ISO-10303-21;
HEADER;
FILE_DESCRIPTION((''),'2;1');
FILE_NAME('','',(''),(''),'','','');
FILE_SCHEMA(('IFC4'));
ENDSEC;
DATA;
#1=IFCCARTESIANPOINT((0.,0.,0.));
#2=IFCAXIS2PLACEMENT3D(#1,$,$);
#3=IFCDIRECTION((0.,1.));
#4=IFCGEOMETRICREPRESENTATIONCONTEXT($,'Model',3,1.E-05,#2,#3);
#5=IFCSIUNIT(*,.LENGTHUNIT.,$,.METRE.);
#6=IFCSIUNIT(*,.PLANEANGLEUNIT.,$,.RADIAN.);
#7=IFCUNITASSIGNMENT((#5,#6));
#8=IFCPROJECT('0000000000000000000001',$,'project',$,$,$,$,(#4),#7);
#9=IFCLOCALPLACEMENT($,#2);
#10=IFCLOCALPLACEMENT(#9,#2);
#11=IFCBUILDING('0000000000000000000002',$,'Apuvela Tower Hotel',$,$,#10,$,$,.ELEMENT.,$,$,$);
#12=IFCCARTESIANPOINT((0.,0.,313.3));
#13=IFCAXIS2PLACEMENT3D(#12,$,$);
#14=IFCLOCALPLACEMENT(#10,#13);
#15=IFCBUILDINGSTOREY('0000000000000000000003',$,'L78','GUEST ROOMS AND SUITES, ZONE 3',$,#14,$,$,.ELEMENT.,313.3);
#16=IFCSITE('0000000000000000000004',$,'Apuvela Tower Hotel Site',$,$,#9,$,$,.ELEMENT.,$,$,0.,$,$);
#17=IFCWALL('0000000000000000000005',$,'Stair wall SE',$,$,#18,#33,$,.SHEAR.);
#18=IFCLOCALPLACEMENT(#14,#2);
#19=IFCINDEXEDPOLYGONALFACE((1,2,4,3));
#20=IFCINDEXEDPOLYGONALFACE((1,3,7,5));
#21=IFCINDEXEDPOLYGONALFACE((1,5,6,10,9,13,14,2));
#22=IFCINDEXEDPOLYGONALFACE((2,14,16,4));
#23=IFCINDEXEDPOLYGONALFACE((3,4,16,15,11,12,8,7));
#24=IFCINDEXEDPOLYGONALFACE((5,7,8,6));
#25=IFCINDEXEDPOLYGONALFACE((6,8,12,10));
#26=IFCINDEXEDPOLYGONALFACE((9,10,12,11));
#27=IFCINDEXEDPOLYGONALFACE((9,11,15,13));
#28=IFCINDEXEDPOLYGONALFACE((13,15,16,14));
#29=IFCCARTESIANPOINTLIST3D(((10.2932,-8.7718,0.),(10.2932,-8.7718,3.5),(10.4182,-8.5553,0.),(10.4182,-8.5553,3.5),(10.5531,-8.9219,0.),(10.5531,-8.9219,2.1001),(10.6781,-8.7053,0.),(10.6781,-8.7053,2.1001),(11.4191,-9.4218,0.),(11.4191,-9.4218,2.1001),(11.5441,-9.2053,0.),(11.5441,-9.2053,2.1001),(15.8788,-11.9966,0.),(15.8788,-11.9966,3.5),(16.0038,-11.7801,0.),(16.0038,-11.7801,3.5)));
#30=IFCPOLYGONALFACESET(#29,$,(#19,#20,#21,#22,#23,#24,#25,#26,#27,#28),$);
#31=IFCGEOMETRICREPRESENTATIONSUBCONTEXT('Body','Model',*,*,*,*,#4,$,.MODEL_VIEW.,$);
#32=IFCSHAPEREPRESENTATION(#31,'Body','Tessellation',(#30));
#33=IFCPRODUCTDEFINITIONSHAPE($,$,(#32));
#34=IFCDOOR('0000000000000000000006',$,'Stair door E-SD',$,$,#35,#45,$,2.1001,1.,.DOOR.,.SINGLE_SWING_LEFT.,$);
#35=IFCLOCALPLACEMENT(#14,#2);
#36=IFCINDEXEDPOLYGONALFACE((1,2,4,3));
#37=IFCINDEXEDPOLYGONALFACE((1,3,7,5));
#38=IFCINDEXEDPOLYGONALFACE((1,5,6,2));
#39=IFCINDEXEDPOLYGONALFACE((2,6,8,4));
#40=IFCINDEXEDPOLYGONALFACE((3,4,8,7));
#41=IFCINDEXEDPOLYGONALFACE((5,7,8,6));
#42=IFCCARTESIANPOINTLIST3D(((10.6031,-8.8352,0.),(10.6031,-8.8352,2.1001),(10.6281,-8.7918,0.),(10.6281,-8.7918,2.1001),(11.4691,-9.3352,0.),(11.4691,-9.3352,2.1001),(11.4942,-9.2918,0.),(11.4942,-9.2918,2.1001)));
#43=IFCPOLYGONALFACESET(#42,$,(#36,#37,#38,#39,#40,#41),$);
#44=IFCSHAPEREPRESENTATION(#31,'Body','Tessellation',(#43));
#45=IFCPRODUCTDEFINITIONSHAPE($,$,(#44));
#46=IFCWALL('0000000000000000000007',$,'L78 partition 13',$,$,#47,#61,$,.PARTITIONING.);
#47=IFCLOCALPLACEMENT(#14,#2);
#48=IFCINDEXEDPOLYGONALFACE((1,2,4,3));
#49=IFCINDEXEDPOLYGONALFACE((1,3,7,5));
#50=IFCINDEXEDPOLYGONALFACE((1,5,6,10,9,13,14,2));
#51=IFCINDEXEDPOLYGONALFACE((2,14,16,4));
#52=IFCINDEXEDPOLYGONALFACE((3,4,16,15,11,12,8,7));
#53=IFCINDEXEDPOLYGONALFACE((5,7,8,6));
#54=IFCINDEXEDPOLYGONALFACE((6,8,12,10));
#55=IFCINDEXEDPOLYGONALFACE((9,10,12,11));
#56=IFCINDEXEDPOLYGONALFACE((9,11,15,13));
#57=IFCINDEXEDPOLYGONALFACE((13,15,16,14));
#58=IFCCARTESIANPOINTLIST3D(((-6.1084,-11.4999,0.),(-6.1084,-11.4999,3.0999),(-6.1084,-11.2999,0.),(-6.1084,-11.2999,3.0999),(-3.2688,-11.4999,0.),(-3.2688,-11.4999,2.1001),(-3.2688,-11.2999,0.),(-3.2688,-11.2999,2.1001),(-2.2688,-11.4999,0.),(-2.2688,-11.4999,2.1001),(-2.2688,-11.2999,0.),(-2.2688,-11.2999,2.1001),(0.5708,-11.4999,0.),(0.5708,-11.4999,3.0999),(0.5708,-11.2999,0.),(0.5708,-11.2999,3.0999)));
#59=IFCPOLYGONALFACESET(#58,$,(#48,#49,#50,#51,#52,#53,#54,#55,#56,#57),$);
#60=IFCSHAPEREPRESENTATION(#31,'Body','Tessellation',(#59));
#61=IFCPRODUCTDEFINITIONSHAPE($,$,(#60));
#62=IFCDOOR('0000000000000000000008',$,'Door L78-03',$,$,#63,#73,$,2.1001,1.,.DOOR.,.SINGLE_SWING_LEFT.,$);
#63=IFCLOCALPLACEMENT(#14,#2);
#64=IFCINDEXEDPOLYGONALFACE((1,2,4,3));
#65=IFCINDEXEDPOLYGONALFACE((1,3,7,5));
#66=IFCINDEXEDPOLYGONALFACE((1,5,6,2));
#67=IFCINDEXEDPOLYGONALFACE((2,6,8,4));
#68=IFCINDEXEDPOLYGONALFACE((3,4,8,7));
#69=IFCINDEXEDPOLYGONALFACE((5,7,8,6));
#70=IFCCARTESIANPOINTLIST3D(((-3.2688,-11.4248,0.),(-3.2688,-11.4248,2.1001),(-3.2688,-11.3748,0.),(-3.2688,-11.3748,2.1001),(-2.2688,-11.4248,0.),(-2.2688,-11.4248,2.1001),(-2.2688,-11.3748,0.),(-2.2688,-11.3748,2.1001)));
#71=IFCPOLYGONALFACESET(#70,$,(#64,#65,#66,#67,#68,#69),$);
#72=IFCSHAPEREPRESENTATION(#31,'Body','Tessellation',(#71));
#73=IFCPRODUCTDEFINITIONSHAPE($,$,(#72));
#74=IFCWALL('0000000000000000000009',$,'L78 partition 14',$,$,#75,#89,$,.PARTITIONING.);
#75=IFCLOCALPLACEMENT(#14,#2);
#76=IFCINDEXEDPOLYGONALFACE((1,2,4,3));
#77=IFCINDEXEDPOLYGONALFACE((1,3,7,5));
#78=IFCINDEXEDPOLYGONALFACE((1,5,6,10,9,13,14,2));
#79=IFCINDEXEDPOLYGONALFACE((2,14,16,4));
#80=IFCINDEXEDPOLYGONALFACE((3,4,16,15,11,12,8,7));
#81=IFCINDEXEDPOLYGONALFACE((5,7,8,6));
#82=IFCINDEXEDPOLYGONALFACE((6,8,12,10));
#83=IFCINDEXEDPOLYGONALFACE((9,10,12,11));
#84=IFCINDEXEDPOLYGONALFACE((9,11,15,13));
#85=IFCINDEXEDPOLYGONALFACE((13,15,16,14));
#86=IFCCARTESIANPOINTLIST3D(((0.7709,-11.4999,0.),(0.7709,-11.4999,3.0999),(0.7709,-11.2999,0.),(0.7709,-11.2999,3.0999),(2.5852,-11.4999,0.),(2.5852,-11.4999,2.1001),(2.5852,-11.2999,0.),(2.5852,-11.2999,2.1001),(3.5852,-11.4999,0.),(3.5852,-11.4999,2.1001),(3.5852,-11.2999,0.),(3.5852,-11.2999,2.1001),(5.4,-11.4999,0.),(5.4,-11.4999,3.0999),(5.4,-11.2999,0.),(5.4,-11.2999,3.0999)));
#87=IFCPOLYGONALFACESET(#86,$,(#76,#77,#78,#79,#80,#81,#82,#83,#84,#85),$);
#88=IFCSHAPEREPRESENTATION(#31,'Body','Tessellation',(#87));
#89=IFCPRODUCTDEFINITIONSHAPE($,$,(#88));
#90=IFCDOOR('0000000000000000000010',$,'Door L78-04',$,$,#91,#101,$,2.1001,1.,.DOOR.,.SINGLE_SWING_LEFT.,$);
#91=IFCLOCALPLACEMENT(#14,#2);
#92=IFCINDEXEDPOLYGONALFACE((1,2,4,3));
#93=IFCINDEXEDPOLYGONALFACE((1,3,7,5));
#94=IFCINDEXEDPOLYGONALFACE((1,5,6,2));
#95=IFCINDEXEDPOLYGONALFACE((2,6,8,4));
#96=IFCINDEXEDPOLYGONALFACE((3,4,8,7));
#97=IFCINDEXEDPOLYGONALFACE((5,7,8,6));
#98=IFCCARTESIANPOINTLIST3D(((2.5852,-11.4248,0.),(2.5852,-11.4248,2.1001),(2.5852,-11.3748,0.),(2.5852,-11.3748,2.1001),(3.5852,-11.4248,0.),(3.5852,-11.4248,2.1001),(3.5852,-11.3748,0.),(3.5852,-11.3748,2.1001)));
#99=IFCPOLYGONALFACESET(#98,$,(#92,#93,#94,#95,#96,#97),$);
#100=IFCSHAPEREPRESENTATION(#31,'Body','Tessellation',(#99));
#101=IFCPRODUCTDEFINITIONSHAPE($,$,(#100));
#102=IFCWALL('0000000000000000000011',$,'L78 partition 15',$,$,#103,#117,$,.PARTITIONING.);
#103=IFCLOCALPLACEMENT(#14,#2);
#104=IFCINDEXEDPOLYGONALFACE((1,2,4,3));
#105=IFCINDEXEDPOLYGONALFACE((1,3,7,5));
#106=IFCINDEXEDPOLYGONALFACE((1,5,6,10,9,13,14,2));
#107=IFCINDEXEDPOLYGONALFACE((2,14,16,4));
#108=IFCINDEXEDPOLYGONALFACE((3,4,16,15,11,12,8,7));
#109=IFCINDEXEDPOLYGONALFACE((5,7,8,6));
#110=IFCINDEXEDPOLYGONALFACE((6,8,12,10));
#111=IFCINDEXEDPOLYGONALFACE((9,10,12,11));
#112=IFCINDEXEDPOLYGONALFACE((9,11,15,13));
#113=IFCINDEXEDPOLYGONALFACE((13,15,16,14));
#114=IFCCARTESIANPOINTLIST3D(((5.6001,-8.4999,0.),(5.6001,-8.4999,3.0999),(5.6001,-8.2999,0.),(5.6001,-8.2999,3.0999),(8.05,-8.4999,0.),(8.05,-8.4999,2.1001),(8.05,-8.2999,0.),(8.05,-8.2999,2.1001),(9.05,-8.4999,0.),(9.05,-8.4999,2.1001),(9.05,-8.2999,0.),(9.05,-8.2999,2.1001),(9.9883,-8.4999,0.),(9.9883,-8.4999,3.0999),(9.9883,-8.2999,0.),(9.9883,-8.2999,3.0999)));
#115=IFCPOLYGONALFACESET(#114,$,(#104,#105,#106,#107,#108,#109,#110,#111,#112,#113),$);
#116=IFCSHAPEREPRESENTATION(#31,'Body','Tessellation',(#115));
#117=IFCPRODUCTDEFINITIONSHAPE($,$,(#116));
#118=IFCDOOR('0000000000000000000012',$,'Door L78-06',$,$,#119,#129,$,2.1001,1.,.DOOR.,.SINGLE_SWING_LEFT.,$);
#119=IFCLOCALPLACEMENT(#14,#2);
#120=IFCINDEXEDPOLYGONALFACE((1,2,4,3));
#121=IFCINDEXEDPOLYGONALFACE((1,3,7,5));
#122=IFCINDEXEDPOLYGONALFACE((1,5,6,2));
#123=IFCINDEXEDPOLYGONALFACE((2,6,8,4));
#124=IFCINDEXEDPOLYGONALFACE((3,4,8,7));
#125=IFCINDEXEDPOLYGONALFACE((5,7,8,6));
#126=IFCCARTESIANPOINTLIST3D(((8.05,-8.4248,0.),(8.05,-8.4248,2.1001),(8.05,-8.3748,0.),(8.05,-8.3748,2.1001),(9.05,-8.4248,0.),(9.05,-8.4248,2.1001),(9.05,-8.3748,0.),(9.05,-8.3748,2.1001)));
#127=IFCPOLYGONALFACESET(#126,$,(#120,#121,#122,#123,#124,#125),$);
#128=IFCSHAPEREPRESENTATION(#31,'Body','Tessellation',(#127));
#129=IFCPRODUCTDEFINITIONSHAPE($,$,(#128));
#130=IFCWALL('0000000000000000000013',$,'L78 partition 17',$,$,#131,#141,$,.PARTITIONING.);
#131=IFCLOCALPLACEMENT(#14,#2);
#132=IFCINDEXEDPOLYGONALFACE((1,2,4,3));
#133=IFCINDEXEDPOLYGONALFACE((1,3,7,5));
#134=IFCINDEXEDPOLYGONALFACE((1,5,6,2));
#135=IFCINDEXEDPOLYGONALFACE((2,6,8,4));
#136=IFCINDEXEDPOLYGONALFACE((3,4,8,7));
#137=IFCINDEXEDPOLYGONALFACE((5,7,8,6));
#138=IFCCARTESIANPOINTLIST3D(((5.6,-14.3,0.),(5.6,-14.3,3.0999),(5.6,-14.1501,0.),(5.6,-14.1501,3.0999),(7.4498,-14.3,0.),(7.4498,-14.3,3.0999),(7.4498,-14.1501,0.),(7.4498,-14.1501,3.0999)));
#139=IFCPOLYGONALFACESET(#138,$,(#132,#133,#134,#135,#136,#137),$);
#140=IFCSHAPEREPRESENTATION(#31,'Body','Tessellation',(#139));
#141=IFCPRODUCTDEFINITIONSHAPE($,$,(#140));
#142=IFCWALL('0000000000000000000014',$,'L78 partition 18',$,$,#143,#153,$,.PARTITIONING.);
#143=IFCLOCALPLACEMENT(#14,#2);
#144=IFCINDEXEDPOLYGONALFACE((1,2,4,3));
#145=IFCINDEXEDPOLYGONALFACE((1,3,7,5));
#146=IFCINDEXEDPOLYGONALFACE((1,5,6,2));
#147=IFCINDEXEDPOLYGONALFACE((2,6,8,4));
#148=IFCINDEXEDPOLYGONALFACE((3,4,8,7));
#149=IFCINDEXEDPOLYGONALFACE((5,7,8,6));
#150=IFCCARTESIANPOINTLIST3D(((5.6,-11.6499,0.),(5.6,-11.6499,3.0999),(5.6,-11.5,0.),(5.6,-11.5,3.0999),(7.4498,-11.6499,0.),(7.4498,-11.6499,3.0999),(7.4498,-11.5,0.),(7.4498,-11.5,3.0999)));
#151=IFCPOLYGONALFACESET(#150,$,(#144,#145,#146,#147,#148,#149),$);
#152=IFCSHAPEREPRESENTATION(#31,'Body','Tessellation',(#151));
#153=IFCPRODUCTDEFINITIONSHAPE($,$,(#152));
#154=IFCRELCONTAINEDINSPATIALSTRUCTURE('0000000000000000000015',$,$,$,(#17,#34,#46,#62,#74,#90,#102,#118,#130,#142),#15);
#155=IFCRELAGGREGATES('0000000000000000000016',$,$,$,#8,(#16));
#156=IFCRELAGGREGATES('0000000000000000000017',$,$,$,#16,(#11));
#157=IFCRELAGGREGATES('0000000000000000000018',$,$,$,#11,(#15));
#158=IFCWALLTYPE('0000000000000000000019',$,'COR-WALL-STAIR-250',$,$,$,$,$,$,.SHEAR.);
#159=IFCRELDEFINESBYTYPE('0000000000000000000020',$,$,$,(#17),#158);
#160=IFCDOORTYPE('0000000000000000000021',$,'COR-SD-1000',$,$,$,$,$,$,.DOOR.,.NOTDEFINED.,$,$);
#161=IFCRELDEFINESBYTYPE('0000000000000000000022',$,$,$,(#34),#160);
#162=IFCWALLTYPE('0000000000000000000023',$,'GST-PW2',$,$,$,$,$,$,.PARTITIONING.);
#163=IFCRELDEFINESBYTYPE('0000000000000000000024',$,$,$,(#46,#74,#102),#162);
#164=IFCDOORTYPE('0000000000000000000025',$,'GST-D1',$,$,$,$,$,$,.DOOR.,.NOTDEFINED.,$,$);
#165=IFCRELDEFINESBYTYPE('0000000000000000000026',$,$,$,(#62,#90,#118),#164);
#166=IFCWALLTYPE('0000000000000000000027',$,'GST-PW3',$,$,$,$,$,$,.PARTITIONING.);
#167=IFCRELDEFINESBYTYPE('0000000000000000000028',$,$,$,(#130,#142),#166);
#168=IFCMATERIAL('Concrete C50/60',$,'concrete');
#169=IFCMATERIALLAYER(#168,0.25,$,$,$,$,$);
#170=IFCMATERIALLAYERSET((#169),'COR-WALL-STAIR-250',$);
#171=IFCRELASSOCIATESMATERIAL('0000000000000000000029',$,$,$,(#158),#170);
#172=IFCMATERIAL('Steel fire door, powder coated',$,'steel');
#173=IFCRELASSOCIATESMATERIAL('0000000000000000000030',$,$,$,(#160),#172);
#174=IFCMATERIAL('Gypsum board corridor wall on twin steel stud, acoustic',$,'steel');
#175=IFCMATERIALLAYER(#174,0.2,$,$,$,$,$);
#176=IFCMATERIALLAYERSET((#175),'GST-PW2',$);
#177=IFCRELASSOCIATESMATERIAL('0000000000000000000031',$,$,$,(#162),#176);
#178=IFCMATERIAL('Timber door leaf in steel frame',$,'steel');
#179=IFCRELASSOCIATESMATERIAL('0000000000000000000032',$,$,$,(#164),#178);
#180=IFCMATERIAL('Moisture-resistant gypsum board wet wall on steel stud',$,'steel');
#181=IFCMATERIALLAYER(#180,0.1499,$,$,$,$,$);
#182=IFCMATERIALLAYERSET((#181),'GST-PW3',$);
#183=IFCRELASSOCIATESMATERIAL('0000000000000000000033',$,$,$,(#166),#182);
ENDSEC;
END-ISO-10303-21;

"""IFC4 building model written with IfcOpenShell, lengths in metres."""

from ifc_helpers import new_model, si_unit, direction, frame, frame_2d, origin, place, context, subcontext, project, spatial, rectangle, extrude, material, layer, layer_set, type_object, element, fill, save


model = new_model("IFC4")

# Units and contexts
model_context = context("Model", 3, precision=1e-05, world=origin(), true_north=direction((0.0, 1.0)))
body_context = subcontext(model_context, "Body", "Model", "MODEL_VIEW")
ifc_project = project(units=[si_unit("LENGTHUNIT", "METRE"), si_unit("PLANEANGLEUNIT", "RADIAN")], contexts=[model_context])

# Site, building, storey
site_placement = place(None, origin())
site = spatial("IfcSite", under=ifc_project, at=site_placement, Name="Apuvela Tower Hotel Site", CompositionType="ELEMENT", RefElevation=0.0)
building_placement = place(site_placement, origin())
building = spatial("IfcBuilding", under=site, at=building_placement, Name="Apuvela Tower Hotel", CompositionType="ELEMENT")
storey_placement = place(building_placement, frame((0.0, 0.0, 313.3)))
storey = spatial("IfcBuildingStorey", under=building, at=storey_placement, Name="L78", Description="GUEST ROOMS AND SUITES, ZONE 3", CompositionType="ELEMENT", Elevation=313.3)

# Shared definitions
ifc_material_1 = material(Name="Concrete C50/60", Category="concrete")

# Shared definitions
ifc_material_2 = material(Name="Steel fire door, powder coated", Category="steel")

# Walls, openings, doors
ifc_layer_1 = layer(ifc_material_1, 0.25)
ifc_layer_set_1 = layer_set([ifc_layer_1], Name="COR-WALL-STAIR-250")
wall_type_1 = type_object("IfcWallType", Name="COR-WALL-STAIR-250", PredefinedType="SHEAR", material=ifc_layer_set_1)
wall_1_placement = place(storey_placement, frame((10.3557, -8.6636, 0.0), z_axis=(0.0, 0.0, 1.0), x_axis=(0.866029, -0.499994, 0.0)))
wall_1 = element("IfcWall", 1, at=wall_1_placement, inside=storey, type_object=wall_type_1, Name="Stair wall SE", PredefinedType="SHEAR", context=body_context, shape_type="SweptSolid", body=[
    extrude(rectangle(XDim=6.4497, YDim=0.25, at=frame_2d((3.2249, 0.0))), origin(), (0.0, 0.0, 1.0), 3.5),
])
opening_1_placement = place(wall_1_placement, frame((0.3, 0.0, 0.0)))
opening_1 = element("IfcOpeningElement", 2, at=opening_1_placement, cuts=wall_1, PredefinedType="OPENING", context=body_context, shape_type="SweptSolid", body=[
    extrude(rectangle(XDim=1.0, YDim=2.1001, at=frame_2d((0.5, 1.05))), frame((0.0, 0.135, 0.0), z_axis=(0.0, -1.0, 0.0), x_axis=(1.0, 0.0, 0.0)), (0.0, 0.0, 1.0), 0.27),
])
door_type_1 = type_object("IfcDoorType", Name="COR-SD-1000", OperationType="NOTDEFINED", PredefinedType="DOOR", material=ifc_material_2)
door_1_placement = place(opening_1_placement, frame((1.0, 0.0, 0.0), z_axis=(0.0, 0.0, 1.0), x_axis=(-1.0, 0.0, 0.0)))
door_1 = element("IfcDoor", 3, at=door_1_placement, inside=storey, type_object=door_type_1, Name="Stair door E-SD", OperationType="SINGLE_SWING_LEFT", OverallHeight=2.1001, OverallWidth=1.0, PredefinedType="DOOR", context=body_context, shape_type="SweptSolid", body=[
    extrude(rectangle(XDim=1.0, YDim=2.1001, at=frame_2d((0.5, 1.05))), frame((0.0, 0.0249, 0.0), z_axis=(0.0, -1.0, 0.0), x_axis=(1.0, 0.0, 0.0)), (0.0, 0.0, 1.0), 0.05),
])
fill(opening_1, door_1)
ifc_material_3 = material(Name="Gypsum board corridor wall on twin steel stud, acoustic", Category="steel")
ifc_layer_2 = layer(ifc_material_3, 0.2)
ifc_layer_set_2 = layer_set([ifc_layer_2], Name="GST-PW2")
wall_type_2 = type_object("IfcWallType", Name="GST-PW2", PredefinedType="PARTITIONING", material=ifc_layer_set_2)
wall_2_placement = place(storey_placement, frame((0.5708, -11.3999, 0.0), z_axis=(0.0, 0.0, 1.0), x_axis=(-1.0, 0.0, 0.0)))
wall_2 = element("IfcWall", 4, at=wall_2_placement, inside=storey, type_object=wall_type_2, Name="L78 partition 13", PredefinedType="PARTITIONING", context=body_context, shape_type="SweptSolid", body=[
    extrude(rectangle(XDim=6.6792, YDim=0.2, at=frame_2d((3.3396, 0.0))), origin(), (0.0, 0.0, 1.0), 3.0999),
])
opening_2_placement = place(wall_2_placement, frame((2.8396, 0.0, 0.0)))
opening_2 = element("IfcOpeningElement", 5, at=opening_2_placement, cuts=wall_2, PredefinedType="OPENING", context=body_context, shape_type="SweptSolid", body=[
    extrude(rectangle(XDim=1.0, YDim=2.1001, at=frame_2d((0.5, 1.05))), frame((0.0, 0.1099, 0.0), z_axis=(0.0, -1.0, 0.0), x_axis=(1.0, 0.0, 0.0)), (0.0, 0.0, 1.0), 0.22),
])
ifc_material_4 = material(Name="Timber door leaf in steel frame", Category="steel")
door_type_2 = type_object("IfcDoorType", Name="GST-D1", OperationType="NOTDEFINED", PredefinedType="DOOR", material=ifc_material_4)
door_2_placement = place(opening_2_placement, origin())
door_2 = element("IfcDoor", 6, at=door_2_placement, inside=storey, type_object=door_type_2, Name="Door L78-03", OperationType="SINGLE_SWING_LEFT", OverallHeight=2.1001, OverallWidth=1.0, PredefinedType="DOOR", context=body_context, shape_type="SweptSolid", body=[
    extrude(rectangle(XDim=1.0, YDim=2.1001, at=frame_2d((0.5, 1.05))), frame((0.0, 0.0249, 0.0), z_axis=(0.0, -1.0, 0.0), x_axis=(1.0, 0.0, 0.0)), (0.0, 0.0, 1.0), 0.05),
])
fill(opening_2, door_2)
wall_3_placement = place(storey_placement, frame((5.3999, -11.3999, 0.0), z_axis=(0.0, 0.0, 1.0), x_axis=(-1.0, 0.0, 0.0)))
wall_3 = element("IfcWall", 7, at=wall_3_placement, inside=storey, type_object=wall_type_2, Name="L78 partition 14", PredefinedType="PARTITIONING", context=body_context, shape_type="SweptSolid", body=[
    extrude(rectangle(XDim=4.6292, YDim=0.2, at=frame_2d((2.3145, 0.0))), origin(), (0.0, 0.0, 1.0), 3.0999),
])
opening_3_placement = place(wall_3_placement, frame((1.8147, 0.0, 0.0)))
opening_3 = element("IfcOpeningElement", 8, at=opening_3_placement, cuts=wall_3, PredefinedType="OPENING", context=body_context, shape_type="SweptSolid", body=[
    extrude(rectangle(XDim=1.0, YDim=2.1001, at=frame_2d((0.5, 1.05))), frame((0.0, 0.1099, 0.0), z_axis=(0.0, -1.0, 0.0), x_axis=(1.0, 0.0, 0.0)), (0.0, 0.0, 1.0), 0.22),
])
door_3_placement = place(opening_3_placement, origin())
door_3 = element("IfcDoor", 9, at=door_3_placement, inside=storey, type_object=door_type_2, Name="Door L78-04", OperationType="SINGLE_SWING_LEFT", OverallHeight=2.1001, OverallWidth=1.0, PredefinedType="DOOR", context=body_context, shape_type="SweptSolid", body=[
    extrude(rectangle(XDim=1.0, YDim=2.1001, at=frame_2d((0.5, 1.05))), frame((0.0, 0.0249, 0.0), z_axis=(0.0, -1.0, 0.0), x_axis=(1.0, 0.0, 0.0)), (0.0, 0.0, 1.0), 0.05),
])
fill(opening_3, door_3)
wall_4_placement = place(storey_placement, frame((9.9883, -8.3999, 0.0), z_axis=(0.0, 0.0, 1.0), x_axis=(-1.0, 0.0, 0.0)))
wall_4 = element("IfcWall", 10, at=wall_4_placement, inside=storey, type_object=wall_type_2, Name="L78 partition 15", PredefinedType="PARTITIONING", context=body_context, shape_type="SweptSolid", body=[
    extrude(rectangle(XDim=4.3882, YDim=0.2, at=frame_2d((2.1941, 0.0))), origin(), (0.0, 0.0, 1.0), 3.0999),
])
opening_4_placement = place(wall_4_placement, frame((0.9382, 0.0, 0.0)))
opening_4 = element("IfcOpeningElement", 11, at=opening_4_placement, cuts=wall_4, PredefinedType="OPENING", context=body_context, shape_type="SweptSolid", body=[
    extrude(rectangle(XDim=1.0, YDim=2.1001, at=frame_2d((0.5, 1.05))), frame((0.0, 0.1099, 0.0), z_axis=(0.0, -1.0, 0.0), x_axis=(1.0, 0.0, 0.0)), (0.0, 0.0, 1.0), 0.22),
])
door_4_placement = place(opening_4_placement, origin())
door_4 = element("IfcDoor", 12, at=door_4_placement, inside=storey, type_object=door_type_2, Name="Door L78-06", OperationType="SINGLE_SWING_LEFT", OverallHeight=2.1001, OverallWidth=1.0, PredefinedType="DOOR", context=body_context, shape_type="SweptSolid", body=[
    extrude(rectangle(XDim=1.0, YDim=2.1001, at=frame_2d((0.5, 1.05))), frame((0.0, 0.0249, 0.0), z_axis=(0.0, -1.0, 0.0), x_axis=(1.0, 0.0, 0.0)), (0.0, 0.0, 1.0), 0.05),
])
fill(opening_4, door_4)

# Walls
ifc_material_5 = material(Name="Moisture-resistant gypsum board wet wall on steel stud", Category="steel")
ifc_layer_3 = layer(ifc_material_5, 0.1499)
ifc_layer_set_3 = layer_set([ifc_layer_3], Name="GST-PW3")
wall_type_3 = type_object("IfcWallType", Name="GST-PW3", PredefinedType="PARTITIONING", material=ifc_layer_set_3)
for number, where, z_axis, x_axis, name in (
    (13, (5.6001, -14.2251, 0.0), (0.0, 0.0, 1.0), (1.0, 0.0, 0.0), "L78 partition 17"),
    (14, (5.6001, -11.575, 0.0), (0.0, 0.0, 1.0), (1.0, 0.0, 0.0), "L78 partition 18"),
):
    element("IfcWall", number, at=place(storey_placement, frame(where, z_axis=z_axis, x_axis=x_axis)), inside=storey, type_object=wall_type_3, Name=name, PredefinedType="PARTITIONING", context=body_context, shape_type="SweptSolid", body=[
        extrude(rectangle(XDim=1.8499, YDim=0.1499, at=frame_2d((0.9248, 0.0))), origin(), (0.0, 0.0, 1.0), 3.0999),
    ])

save(model, "model.ifc")
